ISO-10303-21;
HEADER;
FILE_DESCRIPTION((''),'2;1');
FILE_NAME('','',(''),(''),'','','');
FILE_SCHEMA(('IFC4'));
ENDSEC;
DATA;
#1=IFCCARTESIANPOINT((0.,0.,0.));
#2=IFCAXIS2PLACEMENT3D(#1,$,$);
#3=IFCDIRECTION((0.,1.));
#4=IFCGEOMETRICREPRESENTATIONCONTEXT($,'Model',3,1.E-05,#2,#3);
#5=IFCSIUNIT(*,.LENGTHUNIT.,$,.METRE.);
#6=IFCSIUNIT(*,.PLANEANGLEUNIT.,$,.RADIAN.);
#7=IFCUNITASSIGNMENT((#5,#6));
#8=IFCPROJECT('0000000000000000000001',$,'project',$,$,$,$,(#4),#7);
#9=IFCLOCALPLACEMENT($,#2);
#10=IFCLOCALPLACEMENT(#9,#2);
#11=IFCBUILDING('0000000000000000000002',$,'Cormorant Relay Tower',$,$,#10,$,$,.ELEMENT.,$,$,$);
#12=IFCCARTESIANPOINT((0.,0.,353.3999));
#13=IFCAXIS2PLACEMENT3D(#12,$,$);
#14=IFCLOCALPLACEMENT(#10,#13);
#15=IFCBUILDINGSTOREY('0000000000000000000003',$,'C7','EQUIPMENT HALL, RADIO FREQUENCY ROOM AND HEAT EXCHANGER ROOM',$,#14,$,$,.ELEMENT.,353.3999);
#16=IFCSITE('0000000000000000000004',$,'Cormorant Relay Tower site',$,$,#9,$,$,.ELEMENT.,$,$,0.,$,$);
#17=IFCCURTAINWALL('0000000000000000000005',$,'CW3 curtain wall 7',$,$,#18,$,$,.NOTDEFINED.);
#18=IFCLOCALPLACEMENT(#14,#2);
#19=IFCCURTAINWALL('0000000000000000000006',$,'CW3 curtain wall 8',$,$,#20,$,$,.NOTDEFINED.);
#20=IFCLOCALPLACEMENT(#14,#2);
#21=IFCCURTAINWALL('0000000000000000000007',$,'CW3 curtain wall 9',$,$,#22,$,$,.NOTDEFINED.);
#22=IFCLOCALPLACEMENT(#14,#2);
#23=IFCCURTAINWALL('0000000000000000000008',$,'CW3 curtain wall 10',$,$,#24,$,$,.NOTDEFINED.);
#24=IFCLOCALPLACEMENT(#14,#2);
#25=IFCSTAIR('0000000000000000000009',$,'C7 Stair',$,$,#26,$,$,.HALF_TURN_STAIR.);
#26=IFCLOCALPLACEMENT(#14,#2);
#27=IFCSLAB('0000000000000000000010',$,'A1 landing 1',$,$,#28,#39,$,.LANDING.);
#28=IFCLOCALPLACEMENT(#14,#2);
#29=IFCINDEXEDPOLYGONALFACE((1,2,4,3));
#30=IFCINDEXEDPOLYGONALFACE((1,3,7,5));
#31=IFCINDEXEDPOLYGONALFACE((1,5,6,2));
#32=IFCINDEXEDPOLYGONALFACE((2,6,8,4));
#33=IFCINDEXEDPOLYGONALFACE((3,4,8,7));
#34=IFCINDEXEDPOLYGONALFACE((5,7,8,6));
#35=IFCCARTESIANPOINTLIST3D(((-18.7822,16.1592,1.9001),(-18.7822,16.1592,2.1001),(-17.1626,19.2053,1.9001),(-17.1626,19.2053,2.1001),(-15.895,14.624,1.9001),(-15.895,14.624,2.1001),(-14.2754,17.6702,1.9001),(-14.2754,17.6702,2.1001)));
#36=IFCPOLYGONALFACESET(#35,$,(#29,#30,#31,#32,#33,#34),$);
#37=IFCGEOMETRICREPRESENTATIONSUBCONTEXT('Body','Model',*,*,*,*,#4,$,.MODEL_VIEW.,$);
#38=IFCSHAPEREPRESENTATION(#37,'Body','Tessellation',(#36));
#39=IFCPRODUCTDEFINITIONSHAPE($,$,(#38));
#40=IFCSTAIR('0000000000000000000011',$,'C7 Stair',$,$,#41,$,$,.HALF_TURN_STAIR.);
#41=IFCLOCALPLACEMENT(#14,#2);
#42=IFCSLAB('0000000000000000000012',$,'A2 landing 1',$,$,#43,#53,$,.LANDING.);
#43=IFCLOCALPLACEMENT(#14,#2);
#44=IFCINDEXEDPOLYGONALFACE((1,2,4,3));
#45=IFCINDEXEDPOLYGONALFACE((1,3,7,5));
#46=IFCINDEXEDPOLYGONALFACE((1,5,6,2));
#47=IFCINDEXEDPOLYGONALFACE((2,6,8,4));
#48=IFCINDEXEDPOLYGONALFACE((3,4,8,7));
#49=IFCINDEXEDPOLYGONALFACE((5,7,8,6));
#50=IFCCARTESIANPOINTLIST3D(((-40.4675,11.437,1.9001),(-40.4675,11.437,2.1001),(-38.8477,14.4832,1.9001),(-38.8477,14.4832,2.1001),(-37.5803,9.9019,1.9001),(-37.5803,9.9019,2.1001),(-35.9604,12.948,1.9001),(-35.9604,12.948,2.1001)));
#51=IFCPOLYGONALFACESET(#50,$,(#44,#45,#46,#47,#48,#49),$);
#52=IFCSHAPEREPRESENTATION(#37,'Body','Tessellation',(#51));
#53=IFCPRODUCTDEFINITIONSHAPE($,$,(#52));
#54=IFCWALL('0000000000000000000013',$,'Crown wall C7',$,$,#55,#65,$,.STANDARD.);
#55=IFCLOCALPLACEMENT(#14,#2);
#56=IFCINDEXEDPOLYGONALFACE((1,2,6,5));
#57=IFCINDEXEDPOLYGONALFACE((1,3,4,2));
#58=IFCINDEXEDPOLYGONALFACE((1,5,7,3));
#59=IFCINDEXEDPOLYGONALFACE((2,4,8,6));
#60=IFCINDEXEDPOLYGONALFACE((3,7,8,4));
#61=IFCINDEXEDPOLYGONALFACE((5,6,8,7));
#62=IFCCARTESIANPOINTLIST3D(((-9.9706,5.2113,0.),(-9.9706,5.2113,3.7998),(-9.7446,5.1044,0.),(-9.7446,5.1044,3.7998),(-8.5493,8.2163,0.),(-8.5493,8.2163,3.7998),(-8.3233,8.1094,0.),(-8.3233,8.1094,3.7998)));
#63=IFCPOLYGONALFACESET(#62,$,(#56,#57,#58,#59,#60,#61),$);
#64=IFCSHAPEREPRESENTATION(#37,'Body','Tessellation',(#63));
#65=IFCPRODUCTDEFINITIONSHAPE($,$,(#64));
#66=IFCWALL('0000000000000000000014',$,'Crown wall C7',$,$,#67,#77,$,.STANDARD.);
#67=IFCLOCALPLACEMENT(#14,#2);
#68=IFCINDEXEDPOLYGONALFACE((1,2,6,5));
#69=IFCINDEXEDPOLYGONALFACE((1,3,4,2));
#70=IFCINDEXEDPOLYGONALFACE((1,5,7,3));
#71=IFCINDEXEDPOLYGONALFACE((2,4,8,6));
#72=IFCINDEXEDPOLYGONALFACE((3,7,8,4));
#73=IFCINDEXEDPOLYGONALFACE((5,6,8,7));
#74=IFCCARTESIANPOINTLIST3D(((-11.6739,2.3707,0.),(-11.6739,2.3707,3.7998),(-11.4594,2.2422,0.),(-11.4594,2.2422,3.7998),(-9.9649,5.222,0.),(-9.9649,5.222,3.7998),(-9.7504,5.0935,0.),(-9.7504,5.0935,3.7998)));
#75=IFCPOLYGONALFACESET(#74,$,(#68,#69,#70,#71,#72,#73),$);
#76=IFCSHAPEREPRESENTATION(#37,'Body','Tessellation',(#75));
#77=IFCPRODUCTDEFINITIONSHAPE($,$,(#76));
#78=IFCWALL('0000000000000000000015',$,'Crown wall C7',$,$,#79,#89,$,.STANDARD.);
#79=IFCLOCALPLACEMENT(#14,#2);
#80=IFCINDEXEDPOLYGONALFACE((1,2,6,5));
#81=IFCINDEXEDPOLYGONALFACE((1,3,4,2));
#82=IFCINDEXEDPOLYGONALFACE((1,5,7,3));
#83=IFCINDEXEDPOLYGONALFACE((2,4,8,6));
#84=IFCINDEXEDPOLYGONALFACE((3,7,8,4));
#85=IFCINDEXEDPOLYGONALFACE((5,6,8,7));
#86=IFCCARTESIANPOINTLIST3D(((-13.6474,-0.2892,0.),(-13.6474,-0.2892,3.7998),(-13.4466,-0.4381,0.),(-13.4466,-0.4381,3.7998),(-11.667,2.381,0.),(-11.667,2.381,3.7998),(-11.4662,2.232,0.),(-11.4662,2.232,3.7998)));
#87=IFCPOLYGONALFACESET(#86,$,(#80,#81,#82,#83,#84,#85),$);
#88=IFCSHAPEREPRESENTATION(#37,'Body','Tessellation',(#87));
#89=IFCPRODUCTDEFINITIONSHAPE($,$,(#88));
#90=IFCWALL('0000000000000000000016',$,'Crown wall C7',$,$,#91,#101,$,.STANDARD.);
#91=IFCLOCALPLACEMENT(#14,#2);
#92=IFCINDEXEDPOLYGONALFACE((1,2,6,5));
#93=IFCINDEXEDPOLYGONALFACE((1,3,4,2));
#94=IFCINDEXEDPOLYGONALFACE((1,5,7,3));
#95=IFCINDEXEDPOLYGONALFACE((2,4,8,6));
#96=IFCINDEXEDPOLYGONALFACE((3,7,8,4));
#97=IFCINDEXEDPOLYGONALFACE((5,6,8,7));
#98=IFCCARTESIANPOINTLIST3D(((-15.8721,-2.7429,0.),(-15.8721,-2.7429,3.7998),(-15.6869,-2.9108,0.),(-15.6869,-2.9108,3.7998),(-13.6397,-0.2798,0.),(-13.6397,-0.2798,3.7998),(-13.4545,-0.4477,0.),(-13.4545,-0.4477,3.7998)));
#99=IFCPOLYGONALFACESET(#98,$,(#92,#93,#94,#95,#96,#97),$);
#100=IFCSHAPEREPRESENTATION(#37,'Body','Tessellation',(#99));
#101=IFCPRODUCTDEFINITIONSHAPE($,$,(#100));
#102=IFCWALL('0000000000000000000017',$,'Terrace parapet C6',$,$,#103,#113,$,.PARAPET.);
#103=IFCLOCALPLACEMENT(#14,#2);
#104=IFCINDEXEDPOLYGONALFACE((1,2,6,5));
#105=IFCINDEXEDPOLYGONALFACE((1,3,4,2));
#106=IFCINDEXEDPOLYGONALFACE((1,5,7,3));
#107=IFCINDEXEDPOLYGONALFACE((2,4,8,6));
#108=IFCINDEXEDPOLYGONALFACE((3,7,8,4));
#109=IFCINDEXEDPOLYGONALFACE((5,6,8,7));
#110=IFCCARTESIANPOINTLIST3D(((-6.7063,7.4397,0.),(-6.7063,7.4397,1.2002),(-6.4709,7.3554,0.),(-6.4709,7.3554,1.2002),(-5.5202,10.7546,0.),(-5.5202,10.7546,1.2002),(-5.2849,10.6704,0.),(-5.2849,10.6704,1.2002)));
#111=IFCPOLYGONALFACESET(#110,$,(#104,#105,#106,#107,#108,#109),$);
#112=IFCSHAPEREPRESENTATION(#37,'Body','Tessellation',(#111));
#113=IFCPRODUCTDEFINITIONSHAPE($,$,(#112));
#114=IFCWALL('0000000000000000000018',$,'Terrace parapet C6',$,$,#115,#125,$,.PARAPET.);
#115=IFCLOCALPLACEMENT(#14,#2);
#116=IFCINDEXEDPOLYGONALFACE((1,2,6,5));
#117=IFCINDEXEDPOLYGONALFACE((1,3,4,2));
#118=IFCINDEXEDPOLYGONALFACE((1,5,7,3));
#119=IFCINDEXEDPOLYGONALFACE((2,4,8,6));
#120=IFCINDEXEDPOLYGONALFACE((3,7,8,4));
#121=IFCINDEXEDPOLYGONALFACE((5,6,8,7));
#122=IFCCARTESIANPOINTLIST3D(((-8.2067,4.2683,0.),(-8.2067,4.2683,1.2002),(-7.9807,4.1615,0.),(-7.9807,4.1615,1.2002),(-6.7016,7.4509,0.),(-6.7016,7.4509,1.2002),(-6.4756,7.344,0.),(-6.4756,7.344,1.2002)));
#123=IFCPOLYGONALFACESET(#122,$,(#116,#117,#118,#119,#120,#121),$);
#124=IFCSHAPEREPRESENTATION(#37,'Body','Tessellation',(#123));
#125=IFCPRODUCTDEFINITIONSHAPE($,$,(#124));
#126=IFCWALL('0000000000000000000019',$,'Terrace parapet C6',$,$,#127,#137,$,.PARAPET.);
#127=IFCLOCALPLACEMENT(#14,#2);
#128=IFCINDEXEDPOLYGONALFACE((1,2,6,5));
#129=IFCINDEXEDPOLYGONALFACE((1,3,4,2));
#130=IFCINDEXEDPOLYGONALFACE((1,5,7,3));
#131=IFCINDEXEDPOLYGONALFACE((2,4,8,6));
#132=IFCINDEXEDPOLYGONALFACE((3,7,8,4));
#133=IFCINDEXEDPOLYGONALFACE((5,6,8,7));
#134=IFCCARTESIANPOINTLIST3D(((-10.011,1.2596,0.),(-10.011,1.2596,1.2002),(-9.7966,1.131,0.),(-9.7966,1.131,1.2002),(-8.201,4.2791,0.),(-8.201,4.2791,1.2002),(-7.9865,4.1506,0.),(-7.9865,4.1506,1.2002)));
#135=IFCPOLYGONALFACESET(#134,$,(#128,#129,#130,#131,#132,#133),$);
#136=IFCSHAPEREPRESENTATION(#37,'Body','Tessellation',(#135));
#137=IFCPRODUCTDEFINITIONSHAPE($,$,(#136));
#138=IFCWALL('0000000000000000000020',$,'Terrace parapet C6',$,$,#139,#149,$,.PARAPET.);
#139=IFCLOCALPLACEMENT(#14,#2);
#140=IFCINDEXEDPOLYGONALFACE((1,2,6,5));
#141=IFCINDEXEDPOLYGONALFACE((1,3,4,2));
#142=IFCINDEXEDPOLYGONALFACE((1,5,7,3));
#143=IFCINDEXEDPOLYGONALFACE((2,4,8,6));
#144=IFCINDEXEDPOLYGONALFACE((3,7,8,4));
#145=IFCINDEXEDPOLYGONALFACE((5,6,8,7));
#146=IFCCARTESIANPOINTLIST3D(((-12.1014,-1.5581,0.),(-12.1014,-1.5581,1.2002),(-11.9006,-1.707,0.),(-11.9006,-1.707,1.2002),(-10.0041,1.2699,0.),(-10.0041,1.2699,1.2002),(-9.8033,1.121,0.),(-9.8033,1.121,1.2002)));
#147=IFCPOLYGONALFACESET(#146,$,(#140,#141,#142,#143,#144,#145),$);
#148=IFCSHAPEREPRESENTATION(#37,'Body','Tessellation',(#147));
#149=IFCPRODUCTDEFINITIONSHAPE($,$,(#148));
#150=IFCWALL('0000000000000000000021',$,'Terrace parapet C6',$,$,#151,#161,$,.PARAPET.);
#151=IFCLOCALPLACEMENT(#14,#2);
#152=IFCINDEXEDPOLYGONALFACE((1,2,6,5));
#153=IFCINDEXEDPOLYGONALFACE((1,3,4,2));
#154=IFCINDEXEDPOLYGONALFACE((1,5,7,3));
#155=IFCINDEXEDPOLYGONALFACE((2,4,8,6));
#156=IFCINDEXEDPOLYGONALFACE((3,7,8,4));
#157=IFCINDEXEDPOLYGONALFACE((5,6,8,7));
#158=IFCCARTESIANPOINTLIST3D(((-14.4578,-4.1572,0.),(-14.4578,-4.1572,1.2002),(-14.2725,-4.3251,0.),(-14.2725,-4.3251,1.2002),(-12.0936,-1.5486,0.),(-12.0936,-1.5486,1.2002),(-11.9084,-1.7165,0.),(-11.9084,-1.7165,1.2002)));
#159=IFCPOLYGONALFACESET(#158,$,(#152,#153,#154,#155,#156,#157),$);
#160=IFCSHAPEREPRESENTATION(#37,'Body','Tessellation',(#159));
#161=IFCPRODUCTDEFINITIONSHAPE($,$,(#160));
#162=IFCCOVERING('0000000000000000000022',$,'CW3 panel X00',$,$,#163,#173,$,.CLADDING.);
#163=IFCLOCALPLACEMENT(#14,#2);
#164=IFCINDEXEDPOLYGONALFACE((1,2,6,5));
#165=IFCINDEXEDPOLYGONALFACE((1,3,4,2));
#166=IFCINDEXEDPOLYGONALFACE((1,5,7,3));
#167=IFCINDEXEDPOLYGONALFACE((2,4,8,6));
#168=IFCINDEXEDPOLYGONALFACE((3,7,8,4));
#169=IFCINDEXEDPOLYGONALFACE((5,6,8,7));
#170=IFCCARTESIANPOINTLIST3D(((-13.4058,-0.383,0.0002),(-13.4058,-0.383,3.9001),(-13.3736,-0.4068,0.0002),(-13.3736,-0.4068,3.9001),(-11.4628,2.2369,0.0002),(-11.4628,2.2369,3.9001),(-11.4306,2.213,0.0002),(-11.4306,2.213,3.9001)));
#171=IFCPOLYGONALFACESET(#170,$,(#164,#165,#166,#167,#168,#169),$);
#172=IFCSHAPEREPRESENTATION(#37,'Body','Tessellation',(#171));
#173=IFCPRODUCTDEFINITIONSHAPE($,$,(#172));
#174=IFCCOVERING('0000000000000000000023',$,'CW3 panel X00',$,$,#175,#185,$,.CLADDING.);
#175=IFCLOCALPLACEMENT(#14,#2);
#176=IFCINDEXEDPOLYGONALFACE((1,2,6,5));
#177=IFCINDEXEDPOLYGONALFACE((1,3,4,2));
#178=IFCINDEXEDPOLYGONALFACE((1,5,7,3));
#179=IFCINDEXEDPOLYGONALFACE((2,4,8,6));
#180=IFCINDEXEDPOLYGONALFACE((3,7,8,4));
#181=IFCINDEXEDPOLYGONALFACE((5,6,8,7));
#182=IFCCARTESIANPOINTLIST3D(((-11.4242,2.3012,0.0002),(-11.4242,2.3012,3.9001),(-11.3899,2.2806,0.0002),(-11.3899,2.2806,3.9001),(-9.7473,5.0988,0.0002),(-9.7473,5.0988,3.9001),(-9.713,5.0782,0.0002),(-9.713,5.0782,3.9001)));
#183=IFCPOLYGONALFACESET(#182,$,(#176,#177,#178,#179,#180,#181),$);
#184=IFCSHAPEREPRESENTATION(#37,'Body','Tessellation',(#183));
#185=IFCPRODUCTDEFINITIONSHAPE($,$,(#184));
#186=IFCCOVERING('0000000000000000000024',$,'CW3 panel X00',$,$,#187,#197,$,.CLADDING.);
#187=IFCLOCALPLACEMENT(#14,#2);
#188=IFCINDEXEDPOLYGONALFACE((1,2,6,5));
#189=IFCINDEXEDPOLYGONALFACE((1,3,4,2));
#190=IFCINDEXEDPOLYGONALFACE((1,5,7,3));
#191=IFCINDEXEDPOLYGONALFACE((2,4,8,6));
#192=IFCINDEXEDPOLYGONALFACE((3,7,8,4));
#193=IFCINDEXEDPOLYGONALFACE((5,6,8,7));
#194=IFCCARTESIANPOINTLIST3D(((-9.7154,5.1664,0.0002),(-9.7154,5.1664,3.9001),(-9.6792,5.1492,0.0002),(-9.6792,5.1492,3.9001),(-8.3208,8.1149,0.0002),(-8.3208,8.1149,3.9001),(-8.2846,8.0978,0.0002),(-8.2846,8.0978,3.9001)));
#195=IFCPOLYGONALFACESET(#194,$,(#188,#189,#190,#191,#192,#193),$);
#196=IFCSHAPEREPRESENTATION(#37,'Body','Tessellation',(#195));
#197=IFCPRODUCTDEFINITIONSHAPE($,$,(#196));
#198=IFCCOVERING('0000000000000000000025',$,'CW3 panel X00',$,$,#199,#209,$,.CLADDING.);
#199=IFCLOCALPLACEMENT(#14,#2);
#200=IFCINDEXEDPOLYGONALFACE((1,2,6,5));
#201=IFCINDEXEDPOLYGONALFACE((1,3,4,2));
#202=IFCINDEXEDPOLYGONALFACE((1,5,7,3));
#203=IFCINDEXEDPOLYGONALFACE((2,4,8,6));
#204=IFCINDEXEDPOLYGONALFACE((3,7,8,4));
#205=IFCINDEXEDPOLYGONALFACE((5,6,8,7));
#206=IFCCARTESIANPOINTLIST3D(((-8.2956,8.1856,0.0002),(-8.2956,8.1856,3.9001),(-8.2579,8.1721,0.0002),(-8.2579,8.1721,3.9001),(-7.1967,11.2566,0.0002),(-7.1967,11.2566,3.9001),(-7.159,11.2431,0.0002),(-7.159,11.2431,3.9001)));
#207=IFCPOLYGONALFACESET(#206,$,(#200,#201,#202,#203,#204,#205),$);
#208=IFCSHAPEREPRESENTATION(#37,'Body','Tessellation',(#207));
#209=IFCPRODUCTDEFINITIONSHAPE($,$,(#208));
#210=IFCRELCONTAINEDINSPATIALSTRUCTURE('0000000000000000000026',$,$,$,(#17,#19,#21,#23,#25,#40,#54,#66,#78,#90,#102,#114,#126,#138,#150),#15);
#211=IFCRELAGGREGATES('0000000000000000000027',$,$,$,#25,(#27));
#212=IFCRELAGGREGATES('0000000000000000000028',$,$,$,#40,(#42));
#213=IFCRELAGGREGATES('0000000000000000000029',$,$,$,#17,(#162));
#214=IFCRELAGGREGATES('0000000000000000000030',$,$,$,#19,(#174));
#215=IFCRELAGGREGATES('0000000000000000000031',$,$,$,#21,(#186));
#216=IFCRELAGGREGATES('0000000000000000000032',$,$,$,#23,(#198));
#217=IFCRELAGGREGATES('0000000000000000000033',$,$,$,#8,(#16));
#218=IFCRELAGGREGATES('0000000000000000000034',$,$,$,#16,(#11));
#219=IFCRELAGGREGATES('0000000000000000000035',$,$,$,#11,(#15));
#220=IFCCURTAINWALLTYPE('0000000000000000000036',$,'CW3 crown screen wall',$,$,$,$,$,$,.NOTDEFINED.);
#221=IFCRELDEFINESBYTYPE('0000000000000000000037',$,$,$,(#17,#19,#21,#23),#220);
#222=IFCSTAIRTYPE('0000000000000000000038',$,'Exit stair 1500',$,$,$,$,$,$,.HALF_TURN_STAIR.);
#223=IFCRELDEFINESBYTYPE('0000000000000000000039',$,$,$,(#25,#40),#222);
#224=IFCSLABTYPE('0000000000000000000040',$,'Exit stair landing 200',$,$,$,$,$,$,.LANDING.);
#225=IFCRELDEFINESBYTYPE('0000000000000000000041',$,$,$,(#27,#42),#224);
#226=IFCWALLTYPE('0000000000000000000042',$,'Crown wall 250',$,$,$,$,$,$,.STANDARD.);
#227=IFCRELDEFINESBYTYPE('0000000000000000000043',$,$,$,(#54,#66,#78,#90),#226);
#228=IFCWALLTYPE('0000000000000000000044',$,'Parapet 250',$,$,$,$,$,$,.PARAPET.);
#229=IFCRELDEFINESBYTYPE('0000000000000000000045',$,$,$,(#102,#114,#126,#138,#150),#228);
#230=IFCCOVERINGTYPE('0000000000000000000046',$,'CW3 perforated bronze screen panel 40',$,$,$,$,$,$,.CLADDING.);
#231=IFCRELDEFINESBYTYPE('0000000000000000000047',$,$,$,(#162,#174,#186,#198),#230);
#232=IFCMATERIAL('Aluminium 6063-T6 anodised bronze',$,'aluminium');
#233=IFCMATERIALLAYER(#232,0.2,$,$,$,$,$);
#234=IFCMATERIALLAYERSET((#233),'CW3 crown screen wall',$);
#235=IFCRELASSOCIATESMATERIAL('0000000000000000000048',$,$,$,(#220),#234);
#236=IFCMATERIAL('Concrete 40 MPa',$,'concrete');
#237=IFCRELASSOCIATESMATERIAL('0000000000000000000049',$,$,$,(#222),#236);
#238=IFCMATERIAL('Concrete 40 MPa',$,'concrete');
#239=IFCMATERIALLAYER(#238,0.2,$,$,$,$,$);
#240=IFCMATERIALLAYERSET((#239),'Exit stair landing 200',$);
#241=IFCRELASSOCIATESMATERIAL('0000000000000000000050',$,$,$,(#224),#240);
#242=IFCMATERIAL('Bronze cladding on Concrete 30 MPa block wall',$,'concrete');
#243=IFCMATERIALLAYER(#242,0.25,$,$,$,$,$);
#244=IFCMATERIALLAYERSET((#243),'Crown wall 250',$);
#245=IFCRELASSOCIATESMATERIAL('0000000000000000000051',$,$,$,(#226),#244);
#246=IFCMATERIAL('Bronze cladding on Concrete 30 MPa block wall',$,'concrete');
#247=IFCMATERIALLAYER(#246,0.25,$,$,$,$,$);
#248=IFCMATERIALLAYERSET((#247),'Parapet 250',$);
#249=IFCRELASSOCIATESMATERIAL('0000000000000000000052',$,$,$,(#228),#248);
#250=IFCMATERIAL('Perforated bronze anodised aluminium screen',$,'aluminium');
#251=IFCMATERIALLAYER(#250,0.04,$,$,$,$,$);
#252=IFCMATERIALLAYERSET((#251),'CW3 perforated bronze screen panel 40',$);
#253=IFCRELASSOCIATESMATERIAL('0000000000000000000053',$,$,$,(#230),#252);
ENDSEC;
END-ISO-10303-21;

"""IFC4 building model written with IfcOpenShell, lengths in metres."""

from ifc_helpers import new_model, si_unit, direction, frame, frame_2d, origin, origin_2d, place, context, subcontext, project, spatial, polyline, rectangle, outline, extrude, material, layer, layer_set, type_object, element, aggregate, save


model = new_model("IFC4")

# Units and contexts
model_context = context("Model", 3, precision=1e-05, world=origin(), true_north=direction((0.0, 1.0)))
body_context = subcontext(model_context, "Body", "Model", "MODEL_VIEW")
ifc_project = project(units=[si_unit("LENGTHUNIT", "METRE"), si_unit("PLANEANGLEUNIT", "RADIAN")], contexts=[model_context])

# Site, building, storey
site_placement = place(None, origin())
site = spatial("IfcSite", under=ifc_project, at=site_placement, Name="Cormorant Relay Tower site", CompositionType="ELEMENT", RefElevation=0.0)
building_placement = place(site_placement, origin())
building = spatial("IfcBuilding", under=site, at=building_placement, Name="Cormorant Relay Tower", CompositionType="ELEMENT")
storey_placement = place(building_placement, frame((0.0, 0.0, 353.3999)))
storey = spatial("IfcBuildingStorey", under=building, at=storey_placement, Name="C7", Description="EQUIPMENT HALL, RADIO FREQUENCY ROOM AND HEAT EXCHANGER ROOM", CompositionType="ELEMENT", Elevation=353.3999)

# Curtain walls
ifc_material_1 = material(Name="Aluminium 6063-T6 anodised bronze", Category="aluminium")
ifc_layer_1 = layer(ifc_material_1, 0.2)
ifc_layer_set_1 = layer_set([ifc_layer_1], Name="CW3 crown screen wall")
curtain_wall_type = type_object("IfcCurtainWallType", Name="CW3 crown screen wall", PredefinedType="NOTDEFINED", material=ifc_layer_set_1)
curtain_wall_1_placement = place(storey_placement, origin())
curtain_wall_1 = element("IfcCurtainWall", 1, at=curtain_wall_1_placement, inside=storey, type_object=curtain_wall_type, Name="CW3 curtain wall 7", PredefinedType="NOTDEFINED")
curtain_wall_2_placement = place(storey_placement, origin())
curtain_wall_2 = element("IfcCurtainWall", 2, at=curtain_wall_2_placement, inside=storey, type_object=curtain_wall_type, Name="CW3 curtain wall 8", PredefinedType="NOTDEFINED")
curtain_wall_3_placement = place(storey_placement, origin())
curtain_wall_3 = element("IfcCurtainWall", 3, at=curtain_wall_3_placement, inside=storey, type_object=curtain_wall_type, Name="CW3 curtain wall 9", PredefinedType="NOTDEFINED")
curtain_wall_4_placement = place(storey_placement, origin())
curtain_wall_4 = element("IfcCurtainWall", 4, at=curtain_wall_4_placement, inside=storey, type_object=curtain_wall_type, Name="CW3 curtain wall 10", PredefinedType="NOTDEFINED")

# Stairs, slabs
ifc_material_2 = material(Name="Concrete 40 MPa", Category="concrete")
stair_type = type_object("IfcStairType", Name="Exit stair 1500", PredefinedType="HALF_TURN_STAIR", material=ifc_material_2)
stair_1_placement = place(storey_placement, origin())
stair_1 = element("IfcStair", 5, at=stair_1_placement, inside=storey, type_object=stair_type, Name="C7 Stair", PredefinedType="HALF_TURN_STAIR")
ifc_material_3 = material(Name="Concrete 40 MPa", Category="concrete")
ifc_layer_2 = layer(ifc_material_3, 0.2)
ifc_layer_set_2 = layer_set([ifc_layer_2], Name="Exit stair landing 200")
slab_type_1 = type_object("IfcSlabType", Name="Exit stair landing 200", PredefinedType="LANDING", material=ifc_layer_set_2)
slab_1_placement = place(storey_placement, frame((0.0, 0.0, 1.9001)))
slab_1 = element("IfcSlab", 6, at=slab_1_placement, type_object=slab_type_1, Name="A1 landing 1", PredefinedType="LANDING", context=body_context, shape_type="SweptSolid", body=[
    extrude(outline(polyline([(-18.7822, 16.1592), (-15.895, 14.624), (-14.2754, 17.6702), (-17.1626, 19.2053), (-18.7822, 16.1592)])), origin(), (0.0, 0.0, 1.0), 0.2),
])
aggregate(stair_1, [slab_1])
stair_2_placement = place(storey_placement, origin())
stair_2 = element("IfcStair", 7, at=stair_2_placement, inside=storey, type_object=stair_type, Name="C7 Stair", PredefinedType="HALF_TURN_STAIR")
slab_2_placement = place(storey_placement, frame((0.0, 0.0, 1.9001)))
slab_2 = element("IfcSlab", 8, at=slab_2_placement, type_object=slab_type_1, Name="A2 landing 1", PredefinedType="LANDING", context=body_context, shape_type="SweptSolid", body=[
    extrude(outline(polyline([(-35.9604, 12.948), (-38.8477, 14.4832), (-40.4675, 11.437), (-37.5803, 9.9019), (-35.9604, 12.948)])), origin(), (0.0, 0.0, 1.0), 0.2),
])
aggregate(stair_2, [slab_2])

# Walls
ifc_material_4 = material(Name="Bronze cladding on Concrete 30 MPa block wall", Category="concrete")
ifc_layer_3 = layer(ifc_material_4, 0.25)
ifc_layer_set_3 = layer_set([ifc_layer_3], Name="Crown wall 250")
wall_type_1 = type_object("IfcWallType", Name="Crown wall 250", PredefinedType="STANDARD", material=ifc_layer_set_3)
for number, where, z_axis, x_axis, name in (
    (9, (-8.4363, 8.1628, 0.0), (0.0, 0.0, 1.0), (-0.427572, -0.903981, 0.0), "Crown wall C7"),
    (10, (-9.8577, 5.1577, 0.0), (0.0, 0.0, 1.0), (-0.514096, -0.857733, 0.0), "Crown wall C7"),
):
    element("IfcWall", number, at=place(storey_placement, frame(where, z_axis=z_axis, x_axis=x_axis)), inside=storey, type_object=wall_type_1, Name=name, PredefinedType="STANDARD", context=body_context, shape_type="SweptSolid", body=[
        extrude(rectangle(XDim=3.3242, YDim=0.25, at=frame_2d((1.6621, 0.0))), origin(), (0.0, 0.0, 1.0), 3.7998),
    ])
wall_1_placement = place(storey_placement, frame((-11.5667, 2.3064, 0.0), z_axis=(0.0, 0.0, 1.0), x_axis=(-0.595726, -0.803188, 0.0)))
element("IfcWall", 11, at=wall_1_placement, inside=storey, type_object=wall_type_1, Name="Crown wall C7", PredefinedType="STANDARD", context=body_context, shape_type="SweptSolid", body=[
    extrude(rectangle(XDim=3.3245, YDim=0.25, at=frame_2d((1.6621, 0.0))), origin(), (0.0, 0.0, 1.0), 3.7998),
])
wall_2_placement = place(storey_placement, frame((-13.5471, -0.3638, 0.0), z_axis=(0.0, 0.0, 1.0), x_axis=(-0.671553, -0.740956, 0.0)))
element("IfcWall", 12, at=wall_2_placement, inside=storey, type_object=wall_type_1, Name="Crown wall C7", PredefinedType="STANDARD", context=body_context, shape_type="SweptSolid", body=[
    extrude(rectangle(XDim=3.3242, YDim=0.25, at=frame_2d((1.6621, 0.0))), origin(), (0.0, 0.0, 1.0), 3.7998),
])
ifc_material_5 = material(Name="Bronze cladding on Concrete 30 MPa block wall", Category="concrete")
ifc_layer_4 = layer(ifc_material_5, 0.25)
ifc_layer_set_4 = layer_set([ifc_layer_4], Name="Parapet 250")
wall_type_2 = type_object("IfcWallType", Name="Parapet 250", PredefinedType="PARAPET", material=ifc_layer_set_4)
wall_3_placement = place(storey_placement, frame((-5.4026, 10.7124, 0.0), z_axis=(0.0, 0.0, 1.0), x_axis=(-0.336872, -0.94155, 0.0)))
element("IfcWall", 13, at=wall_3_placement, inside=storey, type_object=wall_type_2, Name="Terrace parapet C6", PredefinedType="PARAPET", context=body_context, shape_type="SweptSolid", body=[
    extrude(rectangle(XDim=3.5208, YDim=0.25, at=frame_2d((1.7603, 0.0))), origin(), (0.0, 0.0, 1.0), 1.2002),
])
for number, where, z_axis, x_axis, name in (
    (14, (-6.5886, 7.3975, 0.0), (0.0, 0.0, 1.0), (-0.427523, -0.904005, 0.0), "Terrace parapet C6"),
    (15, (-8.0938, 4.2148, 0.0), (0.0, 0.0, 1.0), (-0.514149, -0.857701, 0.0), "Terrace parapet C6"),
):
    element("IfcWall", number, at=place(storey_placement, frame(where, z_axis=z_axis, x_axis=x_axis)), inside=storey, type_object=wall_type_2, Name=name, PredefinedType="PARAPET", context=body_context, shape_type="SweptSolid", body=[
        extrude(rectangle(XDim=3.5205, YDim=0.25, at=frame_2d((1.7603, 0.0))), origin(), (0.0, 0.0, 1.0), 1.2002),
    ])
wall_4_placement = place(storey_placement, frame((-9.9038, 1.1953, 0.0), z_axis=(0.0, 0.0, 1.0), x_axis=(-0.595675, -0.803225, 0.0)))
element("IfcWall", 16, at=wall_4_placement, inside=storey, type_object=wall_type_2, Name="Terrace parapet C6", PredefinedType="PARAPET", context=body_context, shape_type="SweptSolid", body=[
    extrude(rectangle(XDim=3.5208, YDim=0.25, at=frame_2d((1.7603, 0.0))), origin(), (0.0, 0.0, 1.0), 1.2002),
])
wall_5_placement = place(storey_placement, frame((-12.001, -1.6326, 0.0), z_axis=(0.0, 0.0, 1.0), x_axis=(-0.671547, -0.740962, 0.0)))
element("IfcWall", 17, at=wall_5_placement, inside=storey, type_object=wall_type_2, Name="Terrace parapet C6", PredefinedType="PARAPET", context=body_context, shape_type="SweptSolid", body=[
    extrude(rectangle(XDim=3.5205, YDim=0.25, at=frame_2d((1.7603, 0.0))), origin(), (0.0, 0.0, 1.0), 1.2002),
])

# Coverings
ifc_material_6 = material(Name="Perforated bronze anodised aluminium screen", Category="aluminium")
ifc_layer_5 = layer(ifc_material_6, 0.04)
ifc_layer_set_5 = layer_set([ifc_layer_5], Name="CW3 perforated bronze screen panel 40")
covering_type_1 = type_object("IfcCoveringType", Name="CW3 perforated bronze screen panel 40", PredefinedType="CLADDING", material=ifc_layer_set_5)
covering_1_placement = place(storey_placement, frame((-12.4182, 0.915, 0.0002), z_axis=(0.0, 0.0, 1.0), x_axis=(0.595699, 0.803208, 0.0)))
covering_1 = element("IfcCovering", 18, at=covering_1_placement, type_object=covering_type_1, Name="CW3 panel X00", PredefinedType="CLADDING", context=body_context, shape_type="SweptSolid", body=[
    extrude(rectangle(XDim=3.2617, YDim=0.04, at=origin_2d()), origin(), (0.0, 0.0, 1.0), 3.8999),
])
aggregate(curtain_wall_1, [covering_1])
covering_2_placement = place(storey_placement, frame((-10.5686, 3.6897, 0.0002), z_axis=(0.0, 0.0, 1.0), x_axis=(0.514103, 0.857729, 0.0)))
covering_2 = element("IfcCovering", 19, at=covering_2_placement, type_object=covering_type_1, Name="CW3 panel X00", PredefinedType="CLADDING", context=body_context, shape_type="SweptSolid", body=[
    extrude(rectangle(XDim=3.2617, YDim=0.04, at=origin_2d()), origin(), (0.0, 0.0, 1.0), 3.8999),
])
aggregate(curtain_wall_2, [covering_2])
covering_3_placement = place(storey_placement, frame((-9.0, 6.6321, 0.0002), z_axis=(0.0, 0.0, 1.0), x_axis=(0.427555, 0.903989, 0.0)))
covering_3 = element("IfcCovering", 20, at=covering_3_placement, type_object=covering_type_1, Name="CW3 panel X00", PredefinedType="CLADDING", context=body_context, shape_type="SweptSolid", body=[
    extrude(rectangle(XDim=3.2617, YDim=0.04, at=origin_2d()), origin(), (0.0, 0.0, 1.0), 3.8999),
])
aggregate(curtain_wall_3, [covering_3])
covering_4_placement = place(storey_placement, frame((-7.7273, 9.7144, 0.0002), z_axis=(0.0, 0.0, 1.0), x_axis=(0.33689, 0.941544, 0.0)))
covering_4 = element("IfcCovering", 21, at=covering_4_placement, type_object=covering_type_1, Name="CW3 panel X00", PredefinedType="CLADDING", context=body_context, shape_type="SweptSolid", body=[
    extrude(rectangle(XDim=3.2617, YDim=0.04, at=origin_2d()), origin(), (0.0, 0.0, 1.0), 3.8999),
])
aggregate(curtain_wall_4, [covering_4])

save(model, "model.ifc")
